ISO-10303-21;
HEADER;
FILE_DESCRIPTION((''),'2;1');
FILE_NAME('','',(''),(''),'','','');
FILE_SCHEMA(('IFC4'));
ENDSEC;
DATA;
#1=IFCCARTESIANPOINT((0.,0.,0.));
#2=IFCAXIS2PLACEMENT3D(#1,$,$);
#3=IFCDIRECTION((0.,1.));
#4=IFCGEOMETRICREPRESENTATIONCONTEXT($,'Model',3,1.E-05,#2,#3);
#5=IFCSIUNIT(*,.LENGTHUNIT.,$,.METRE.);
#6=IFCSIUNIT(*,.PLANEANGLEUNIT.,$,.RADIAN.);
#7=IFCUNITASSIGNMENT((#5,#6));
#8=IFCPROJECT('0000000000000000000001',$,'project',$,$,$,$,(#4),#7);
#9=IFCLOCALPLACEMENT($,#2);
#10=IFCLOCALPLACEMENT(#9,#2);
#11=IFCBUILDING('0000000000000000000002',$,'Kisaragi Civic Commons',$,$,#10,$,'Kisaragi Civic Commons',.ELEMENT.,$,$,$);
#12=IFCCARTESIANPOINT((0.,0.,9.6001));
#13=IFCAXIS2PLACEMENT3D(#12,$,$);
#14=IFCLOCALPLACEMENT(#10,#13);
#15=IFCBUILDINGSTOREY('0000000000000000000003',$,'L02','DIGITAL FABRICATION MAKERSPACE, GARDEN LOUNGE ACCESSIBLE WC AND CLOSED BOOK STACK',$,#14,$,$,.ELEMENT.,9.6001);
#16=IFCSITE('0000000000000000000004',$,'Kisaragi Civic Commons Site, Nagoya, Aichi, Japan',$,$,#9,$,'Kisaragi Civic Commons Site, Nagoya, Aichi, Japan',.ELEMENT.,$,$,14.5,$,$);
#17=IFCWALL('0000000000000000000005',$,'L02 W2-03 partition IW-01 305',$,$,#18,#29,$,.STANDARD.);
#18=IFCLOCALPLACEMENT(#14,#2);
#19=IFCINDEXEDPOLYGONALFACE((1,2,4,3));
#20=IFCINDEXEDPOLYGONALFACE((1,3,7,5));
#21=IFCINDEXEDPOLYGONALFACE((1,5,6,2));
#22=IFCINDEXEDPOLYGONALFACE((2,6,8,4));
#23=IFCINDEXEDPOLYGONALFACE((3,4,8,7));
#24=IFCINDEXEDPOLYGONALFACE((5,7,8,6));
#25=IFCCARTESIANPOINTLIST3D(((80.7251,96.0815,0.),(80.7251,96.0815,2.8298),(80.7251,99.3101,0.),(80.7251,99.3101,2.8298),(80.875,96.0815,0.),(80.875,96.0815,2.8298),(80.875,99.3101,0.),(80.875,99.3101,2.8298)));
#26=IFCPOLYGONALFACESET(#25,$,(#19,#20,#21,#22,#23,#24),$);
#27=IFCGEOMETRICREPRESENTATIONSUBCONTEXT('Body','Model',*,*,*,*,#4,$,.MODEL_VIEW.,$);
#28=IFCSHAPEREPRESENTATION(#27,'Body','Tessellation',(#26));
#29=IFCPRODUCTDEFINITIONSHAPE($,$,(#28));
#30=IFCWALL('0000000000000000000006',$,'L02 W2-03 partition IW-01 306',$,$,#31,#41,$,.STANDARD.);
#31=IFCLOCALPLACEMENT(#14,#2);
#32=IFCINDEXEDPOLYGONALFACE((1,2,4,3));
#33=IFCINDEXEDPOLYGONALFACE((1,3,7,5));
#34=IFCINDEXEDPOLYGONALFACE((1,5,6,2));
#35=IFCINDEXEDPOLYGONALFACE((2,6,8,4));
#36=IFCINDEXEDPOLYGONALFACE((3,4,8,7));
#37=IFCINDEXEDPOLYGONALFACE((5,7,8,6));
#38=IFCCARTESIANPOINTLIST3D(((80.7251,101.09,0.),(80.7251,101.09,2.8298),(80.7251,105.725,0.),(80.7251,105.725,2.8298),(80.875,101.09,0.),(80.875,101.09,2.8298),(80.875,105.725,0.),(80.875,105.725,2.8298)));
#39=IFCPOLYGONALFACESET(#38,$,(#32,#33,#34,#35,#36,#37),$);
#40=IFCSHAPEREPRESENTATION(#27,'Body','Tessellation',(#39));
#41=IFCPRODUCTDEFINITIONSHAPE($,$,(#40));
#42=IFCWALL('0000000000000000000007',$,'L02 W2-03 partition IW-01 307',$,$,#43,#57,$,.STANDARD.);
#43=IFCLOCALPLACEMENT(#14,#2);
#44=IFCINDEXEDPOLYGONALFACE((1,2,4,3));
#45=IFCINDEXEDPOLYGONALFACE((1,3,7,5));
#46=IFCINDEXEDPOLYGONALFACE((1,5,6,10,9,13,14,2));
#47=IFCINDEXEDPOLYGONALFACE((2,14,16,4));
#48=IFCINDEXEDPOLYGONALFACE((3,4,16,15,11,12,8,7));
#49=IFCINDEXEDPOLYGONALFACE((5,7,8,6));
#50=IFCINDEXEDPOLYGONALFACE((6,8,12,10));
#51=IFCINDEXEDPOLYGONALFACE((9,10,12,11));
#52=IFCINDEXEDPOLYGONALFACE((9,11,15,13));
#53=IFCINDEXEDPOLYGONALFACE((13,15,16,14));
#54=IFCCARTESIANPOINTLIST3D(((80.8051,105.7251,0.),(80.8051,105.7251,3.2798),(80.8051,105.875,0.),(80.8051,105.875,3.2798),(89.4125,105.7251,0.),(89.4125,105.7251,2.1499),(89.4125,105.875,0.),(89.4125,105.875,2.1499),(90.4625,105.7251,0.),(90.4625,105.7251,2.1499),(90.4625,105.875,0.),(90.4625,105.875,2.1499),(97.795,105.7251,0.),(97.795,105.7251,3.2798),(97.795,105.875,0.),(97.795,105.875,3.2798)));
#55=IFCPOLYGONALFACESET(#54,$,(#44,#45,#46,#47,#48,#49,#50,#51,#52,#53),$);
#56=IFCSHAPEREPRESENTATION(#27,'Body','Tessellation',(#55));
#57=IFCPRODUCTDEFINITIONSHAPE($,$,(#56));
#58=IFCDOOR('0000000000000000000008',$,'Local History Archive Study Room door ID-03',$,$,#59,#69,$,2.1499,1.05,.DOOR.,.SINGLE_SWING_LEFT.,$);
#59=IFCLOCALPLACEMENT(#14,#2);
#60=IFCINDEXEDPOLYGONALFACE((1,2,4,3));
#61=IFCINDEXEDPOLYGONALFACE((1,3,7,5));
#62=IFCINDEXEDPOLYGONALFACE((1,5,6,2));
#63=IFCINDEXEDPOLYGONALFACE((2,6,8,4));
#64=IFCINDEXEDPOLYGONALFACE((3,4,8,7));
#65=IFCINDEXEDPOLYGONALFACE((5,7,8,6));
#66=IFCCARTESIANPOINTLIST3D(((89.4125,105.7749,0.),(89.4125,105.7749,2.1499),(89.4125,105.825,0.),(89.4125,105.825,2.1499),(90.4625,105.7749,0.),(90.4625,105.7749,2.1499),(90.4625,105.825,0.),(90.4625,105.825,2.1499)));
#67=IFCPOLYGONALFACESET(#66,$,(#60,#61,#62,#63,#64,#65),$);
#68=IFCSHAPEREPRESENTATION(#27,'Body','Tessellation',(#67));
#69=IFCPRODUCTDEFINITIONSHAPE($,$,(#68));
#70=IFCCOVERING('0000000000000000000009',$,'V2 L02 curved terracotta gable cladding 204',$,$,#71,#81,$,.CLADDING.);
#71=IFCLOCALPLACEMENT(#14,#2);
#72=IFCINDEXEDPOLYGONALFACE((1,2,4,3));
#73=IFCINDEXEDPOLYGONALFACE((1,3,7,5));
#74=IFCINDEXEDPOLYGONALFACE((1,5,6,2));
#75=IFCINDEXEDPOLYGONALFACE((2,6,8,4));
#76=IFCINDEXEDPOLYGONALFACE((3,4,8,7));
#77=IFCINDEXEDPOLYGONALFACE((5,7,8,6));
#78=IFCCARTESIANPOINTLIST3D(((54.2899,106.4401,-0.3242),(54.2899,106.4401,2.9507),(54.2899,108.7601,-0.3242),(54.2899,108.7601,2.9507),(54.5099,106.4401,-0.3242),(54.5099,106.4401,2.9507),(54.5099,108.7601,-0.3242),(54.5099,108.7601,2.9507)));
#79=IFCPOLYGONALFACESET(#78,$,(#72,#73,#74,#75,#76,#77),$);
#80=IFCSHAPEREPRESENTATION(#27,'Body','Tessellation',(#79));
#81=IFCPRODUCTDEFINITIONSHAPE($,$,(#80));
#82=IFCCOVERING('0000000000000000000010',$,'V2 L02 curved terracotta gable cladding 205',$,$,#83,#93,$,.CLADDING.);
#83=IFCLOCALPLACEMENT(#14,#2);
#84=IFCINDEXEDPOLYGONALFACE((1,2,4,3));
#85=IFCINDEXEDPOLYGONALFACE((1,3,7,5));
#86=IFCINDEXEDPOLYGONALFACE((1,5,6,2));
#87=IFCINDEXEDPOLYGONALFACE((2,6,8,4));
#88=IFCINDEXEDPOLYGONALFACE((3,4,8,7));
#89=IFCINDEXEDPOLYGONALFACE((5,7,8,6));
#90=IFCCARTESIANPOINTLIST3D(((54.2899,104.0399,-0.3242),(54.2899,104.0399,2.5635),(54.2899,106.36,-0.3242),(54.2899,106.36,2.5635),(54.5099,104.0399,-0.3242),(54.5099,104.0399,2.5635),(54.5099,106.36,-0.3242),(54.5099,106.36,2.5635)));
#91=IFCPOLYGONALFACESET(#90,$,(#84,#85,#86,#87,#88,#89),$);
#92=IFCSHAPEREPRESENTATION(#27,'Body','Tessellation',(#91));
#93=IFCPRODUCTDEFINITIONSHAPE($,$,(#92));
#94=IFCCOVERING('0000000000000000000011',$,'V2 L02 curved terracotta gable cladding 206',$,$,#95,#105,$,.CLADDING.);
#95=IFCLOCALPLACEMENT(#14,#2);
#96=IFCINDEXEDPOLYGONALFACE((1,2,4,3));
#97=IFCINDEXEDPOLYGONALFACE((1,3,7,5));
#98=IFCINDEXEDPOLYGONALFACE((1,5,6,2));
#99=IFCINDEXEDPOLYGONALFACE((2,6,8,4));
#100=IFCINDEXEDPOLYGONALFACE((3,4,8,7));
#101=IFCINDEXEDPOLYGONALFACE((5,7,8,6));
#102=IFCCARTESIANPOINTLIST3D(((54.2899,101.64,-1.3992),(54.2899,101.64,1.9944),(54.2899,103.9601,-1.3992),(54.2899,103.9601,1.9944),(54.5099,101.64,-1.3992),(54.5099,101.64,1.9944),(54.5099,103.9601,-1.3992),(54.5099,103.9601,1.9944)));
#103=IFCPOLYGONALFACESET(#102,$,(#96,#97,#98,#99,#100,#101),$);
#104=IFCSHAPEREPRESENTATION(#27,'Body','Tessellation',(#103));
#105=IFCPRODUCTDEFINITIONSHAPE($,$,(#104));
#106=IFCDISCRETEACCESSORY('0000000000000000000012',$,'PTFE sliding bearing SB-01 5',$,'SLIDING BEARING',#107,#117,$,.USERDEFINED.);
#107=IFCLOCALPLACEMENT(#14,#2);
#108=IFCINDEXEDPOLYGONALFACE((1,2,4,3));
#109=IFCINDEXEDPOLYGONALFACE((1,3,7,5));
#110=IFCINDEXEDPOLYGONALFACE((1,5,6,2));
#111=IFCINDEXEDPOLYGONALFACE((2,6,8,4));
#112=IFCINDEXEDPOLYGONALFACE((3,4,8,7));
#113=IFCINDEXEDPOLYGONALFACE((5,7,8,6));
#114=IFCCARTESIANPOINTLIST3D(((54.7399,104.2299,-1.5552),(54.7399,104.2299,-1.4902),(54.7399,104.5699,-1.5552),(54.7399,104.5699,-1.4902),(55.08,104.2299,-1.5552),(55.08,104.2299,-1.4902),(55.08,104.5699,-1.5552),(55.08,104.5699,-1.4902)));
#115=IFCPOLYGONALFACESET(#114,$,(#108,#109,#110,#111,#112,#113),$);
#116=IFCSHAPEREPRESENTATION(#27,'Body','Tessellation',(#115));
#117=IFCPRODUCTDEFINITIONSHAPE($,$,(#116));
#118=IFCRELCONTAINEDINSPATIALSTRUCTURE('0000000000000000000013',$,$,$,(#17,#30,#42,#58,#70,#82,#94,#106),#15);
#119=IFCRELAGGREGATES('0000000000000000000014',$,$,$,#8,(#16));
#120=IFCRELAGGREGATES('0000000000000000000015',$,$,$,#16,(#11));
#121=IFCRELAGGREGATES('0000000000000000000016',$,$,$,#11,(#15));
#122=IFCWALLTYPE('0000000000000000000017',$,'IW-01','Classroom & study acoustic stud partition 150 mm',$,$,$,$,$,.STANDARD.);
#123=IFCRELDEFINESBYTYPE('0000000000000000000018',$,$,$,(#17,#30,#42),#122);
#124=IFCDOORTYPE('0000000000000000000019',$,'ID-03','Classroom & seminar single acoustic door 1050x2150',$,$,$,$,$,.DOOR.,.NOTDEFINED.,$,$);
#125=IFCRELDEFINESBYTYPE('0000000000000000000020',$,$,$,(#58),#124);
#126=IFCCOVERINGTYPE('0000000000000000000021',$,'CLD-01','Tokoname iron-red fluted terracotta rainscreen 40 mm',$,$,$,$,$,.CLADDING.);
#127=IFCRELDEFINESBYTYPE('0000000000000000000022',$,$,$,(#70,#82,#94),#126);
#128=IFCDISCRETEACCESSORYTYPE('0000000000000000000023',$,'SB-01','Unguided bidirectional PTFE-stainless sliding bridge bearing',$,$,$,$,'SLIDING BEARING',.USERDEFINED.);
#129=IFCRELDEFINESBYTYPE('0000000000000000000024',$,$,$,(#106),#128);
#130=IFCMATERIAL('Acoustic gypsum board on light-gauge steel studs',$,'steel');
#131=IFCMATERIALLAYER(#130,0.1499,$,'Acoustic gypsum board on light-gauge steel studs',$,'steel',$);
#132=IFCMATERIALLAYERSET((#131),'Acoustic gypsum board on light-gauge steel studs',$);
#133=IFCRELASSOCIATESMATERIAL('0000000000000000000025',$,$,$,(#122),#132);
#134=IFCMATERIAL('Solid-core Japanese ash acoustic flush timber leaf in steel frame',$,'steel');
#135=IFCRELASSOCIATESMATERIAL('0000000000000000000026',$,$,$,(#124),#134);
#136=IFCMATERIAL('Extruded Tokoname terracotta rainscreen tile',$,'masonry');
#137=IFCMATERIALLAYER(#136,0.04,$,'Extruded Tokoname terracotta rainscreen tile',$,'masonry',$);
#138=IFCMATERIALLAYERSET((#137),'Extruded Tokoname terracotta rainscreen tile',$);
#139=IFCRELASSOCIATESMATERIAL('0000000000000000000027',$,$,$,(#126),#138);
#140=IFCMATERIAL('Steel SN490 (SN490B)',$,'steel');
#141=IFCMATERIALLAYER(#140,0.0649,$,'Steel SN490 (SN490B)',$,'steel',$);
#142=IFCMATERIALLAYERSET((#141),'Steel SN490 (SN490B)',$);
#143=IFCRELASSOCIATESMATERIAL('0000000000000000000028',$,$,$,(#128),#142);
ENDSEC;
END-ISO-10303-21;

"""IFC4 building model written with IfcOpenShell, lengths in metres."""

from ifc_helpers import new_model, si_unit, direction, frame, frame_2d, origin, origin_2d, place, context, subcontext, project, spatial, rectangle, extrude, material, layer, layer_set, type_object, element, fill, save


model = new_model("IFC4")

# Units and contexts
model_context = context("Model", 3, precision=1e-05, world=origin(), true_north=direction((0.0, 1.0)))
body_context = subcontext(model_context, "Body", "Model", "MODEL_VIEW")
ifc_project = project(units=[si_unit("LENGTHUNIT", "METRE"), si_unit("PLANEANGLEUNIT", "RADIAN")], contexts=[model_context])

# Site, building, storey
site_placement = place(None, origin())
site = spatial("IfcSite", under=ifc_project, at=site_placement, Name="Kisaragi Civic Commons Site, Nagoya, Aichi, Japan", LongName="Kisaragi Civic Commons Site, Nagoya, Aichi, Japan", CompositionType="ELEMENT", RefElevation=14.5)
building_placement = place(site_placement, origin())
building = spatial("IfcBuilding", under=site, at=building_placement, Name="Kisaragi Civic Commons", LongName="Kisaragi Civic Commons", CompositionType="ELEMENT")
storey_placement = place(building_placement, frame((0.0, 0.0, 9.6001)))
storey = spatial("IfcBuildingStorey", under=building, at=storey_placement, Name="L02", Description="DIGITAL FABRICATION MAKERSPACE, GARDEN LOUNGE ACCESSIBLE WC AND CLOSED BOOK STACK", CompositionType="ELEMENT", Elevation=9.6001)

# Shared definitions
ifc_material_1 = material(Name="Steel SN490 (SN490B)", Category="steel")

# Walls
ifc_material_2 = material(Name="Acoustic gypsum board on light-gauge steel studs", Category="steel")
ifc_layer_1 = layer(ifc_material_2, 0.1499, Name="Acoustic gypsum board on light-gauge steel studs", Category="steel")
ifc_layer_set_1 = layer_set([ifc_layer_1], Name="Acoustic gypsum board on light-gauge steel studs")
wall_type_1 = type_object("IfcWallType", Name="IW-01", Description="Classroom & study acoustic stud partition 150 mm", PredefinedType="STANDARD", material=ifc_layer_set_1)
wall_1_placement = place(storey_placement, frame((80.8, 96.0815, 0.0), z_axis=(0.0, 0.0, 1.0), x_axis=(0.0, 1.0, 0.0)))
element("IfcWall", 1, at=wall_1_placement, inside=storey, type_object=wall_type_1, Name="L02 W2-03 partition IW-01 305", PredefinedType="STANDARD", context=body_context, shape_type="SweptSolid", body=[
    extrude(rectangle(XDim=3.2285, YDim=0.1499, at=frame_2d((1.6143, 0.0))), origin(), (0.0, 0.0, 1.0), 2.8298),
])
wall_2_placement = place(storey_placement, frame((80.8, 101.0901, 0.0), z_axis=(0.0, 0.0, 1.0), x_axis=(0.0, 1.0, 0.0)))
element("IfcWall", 2, at=wall_2_placement, inside=storey, type_object=wall_type_1, Name="L02 W2-03 partition IW-01 306", PredefinedType="STANDARD", context=body_context, shape_type="SweptSolid", body=[
    extrude(rectangle(XDim=4.635, YDim=0.1499, at=frame_2d((2.3174, 0.0))), origin(), (0.0, 0.0, 1.0), 2.8298),
])

# Wall, opening, door
wall_3_placement = place(storey_placement, frame((80.8049, 105.8, 0.0), z_axis=(0.0, 0.0, 1.0), x_axis=(1.0, 0.0, 0.0)))
wall_3 = element("IfcWall", 3, at=wall_3_placement, inside=storey, type_object=wall_type_1, Name="L02 W2-03 partition IW-01 307", PredefinedType="STANDARD", context=body_context, shape_type="SweptSolid", body=[
    extrude(rectangle(XDim=16.99, YDim=0.1499, at=frame_2d((8.4951, 0.0))), origin(), (0.0, 0.0, 1.0), 3.2798),
])
opening_placement = place(wall_3_placement, frame((8.6077, 0.0, 0.0)))
opening = element("IfcOpeningElement", 4, at=opening_placement, cuts=wall_3, PredefinedType="OPENING", context=body_context, shape_type="SweptSolid", body=[
    extrude(rectangle(XDim=1.05, YDim=2.1499, at=frame_2d((0.5249, 1.075))), frame((0.0, 0.085, 0.0), z_axis=(0.0, -1.0, 0.0), x_axis=(1.0, 0.0, 0.0)), (0.0, 0.0, 1.0), 0.1699),
])
ifc_material_3 = material(Name="Solid-core Japanese ash acoustic flush timber leaf in steel frame", Category="steel")
door_type = type_object("IfcDoorType", Name="ID-03", Description="Classroom & seminar single acoustic door 1050x2150", OperationType="NOTDEFINED", PredefinedType="DOOR", material=ifc_material_3)
door_placement = place(opening_placement, origin())
door = element("IfcDoor", 5, at=door_placement, inside=storey, type_object=door_type, Name="Local History Archive Study Room door ID-03", OperationType="SINGLE_SWING_LEFT", OverallHeight=2.1499, OverallWidth=1.05, PredefinedType="DOOR", context=body_context, shape_type="SweptSolid", body=[
    extrude(rectangle(XDim=1.05, YDim=2.1499, at=frame_2d((0.5249, 1.075))), frame((0.0, 0.0249, 0.0), z_axis=(0.0, -1.0, 0.0), x_axis=(1.0, 0.0, 0.0)), (0.0, 0.0, 1.0), 0.05),
])
fill(opening, door)

# Coverings
ifc_material_4 = material(Name="Extruded Tokoname terracotta rainscreen tile", Category="masonry")
ifc_layer_2 = layer(ifc_material_4, 0.04, Name="Extruded Tokoname terracotta rainscreen tile", Category="masonry")
ifc_layer_set_2 = layer_set([ifc_layer_2], Name="Extruded Tokoname terracotta rainscreen tile")
covering_type = type_object("IfcCoveringType", Name="CLD-01", Description="Tokoname iron-red fluted terracotta rainscreen 40 mm", PredefinedType="CLADDING", material=ifc_layer_set_2)
covering_1_placement = place(storey_placement, frame((54.3999, 107.6001, -0.3242), z_axis=(0.0, 0.0, 1.0), x_axis=(0.0, -1.0, 0.0)))
element("IfcCovering", 6, at=covering_1_placement, inside=storey, type_object=covering_type, Name="V2 L02 curved terracotta gable cladding 204", PredefinedType="CLADDING", context=body_context, shape_type="SweptSolid", body=[
    extrude(rectangle(XDim=2.3201, YDim=0.22, at=origin_2d()), origin(), (0.0, 0.0, 1.0), 3.2749),
])
covering_2_placement = place(storey_placement, frame((54.3999, 105.2, -0.3242), z_axis=(0.0, 0.0, 1.0), x_axis=(0.0, -1.0, 0.0)))
element("IfcCovering", 7, at=covering_2_placement, inside=storey, type_object=covering_type, Name="V2 L02 curved terracotta gable cladding 205", PredefinedType="CLADDING", context=body_context, shape_type="SweptSolid", body=[
    extrude(rectangle(XDim=2.3201, YDim=0.22, at=origin_2d()), origin(), (0.0, 0.0, 1.0), 2.8877),
])
covering_3_placement = place(storey_placement, frame((54.3999, 102.8, -1.3992), z_axis=(0.0, 0.0, 1.0), x_axis=(0.0, -1.0, 0.0)))
element("IfcCovering", 8, at=covering_3_placement, inside=storey, type_object=covering_type, Name="V2 L02 curved terracotta gable cladding 206", PredefinedType="CLADDING", context=body_context, shape_type="SweptSolid", body=[
    extrude(rectangle(XDim=2.3201, YDim=0.22, at=origin_2d()), origin(), (0.0, 0.0, 1.0), 3.3936),
])

# Discrete accessory
ifc_layer_3 = layer(ifc_material_1, 0.0649, Name="Steel SN490 (SN490B)", Category="steel")
ifc_layer_set_3 = layer_set([ifc_layer_3], Name="Steel SN490 (SN490B)")
discrete_accessory_type = type_object("IfcDiscreteAccessoryType", Name="SB-01", Description="Unguided bidirectional PTFE-stainless sliding bridge bearing", ElementType="SLIDING BEARING", PredefinedType="USERDEFINED", material=ifc_layer_set_3)
discrete_accessory_placement = place(storey_placement, frame((54.9099, 104.3999, -1.5552), z_axis=(0.0, 0.0, 1.0), x_axis=(1.0, 0.0, 0.0)))
element("IfcDiscreteAccessory", 9, at=discrete_accessory_placement, inside=storey, type_object=discrete_accessory_type, Name="PTFE sliding bearing SB-01 5", ObjectType="SLIDING BEARING", PredefinedType="USERDEFINED", context=body_context, shape_type="SweptSolid", body=[
    extrude(rectangle(XDim=0.3401, YDim=0.3401, at=origin_2d()), origin(), (0.0, 0.0, 1.0), 0.0649),
])

save(model, "model.ifc")
